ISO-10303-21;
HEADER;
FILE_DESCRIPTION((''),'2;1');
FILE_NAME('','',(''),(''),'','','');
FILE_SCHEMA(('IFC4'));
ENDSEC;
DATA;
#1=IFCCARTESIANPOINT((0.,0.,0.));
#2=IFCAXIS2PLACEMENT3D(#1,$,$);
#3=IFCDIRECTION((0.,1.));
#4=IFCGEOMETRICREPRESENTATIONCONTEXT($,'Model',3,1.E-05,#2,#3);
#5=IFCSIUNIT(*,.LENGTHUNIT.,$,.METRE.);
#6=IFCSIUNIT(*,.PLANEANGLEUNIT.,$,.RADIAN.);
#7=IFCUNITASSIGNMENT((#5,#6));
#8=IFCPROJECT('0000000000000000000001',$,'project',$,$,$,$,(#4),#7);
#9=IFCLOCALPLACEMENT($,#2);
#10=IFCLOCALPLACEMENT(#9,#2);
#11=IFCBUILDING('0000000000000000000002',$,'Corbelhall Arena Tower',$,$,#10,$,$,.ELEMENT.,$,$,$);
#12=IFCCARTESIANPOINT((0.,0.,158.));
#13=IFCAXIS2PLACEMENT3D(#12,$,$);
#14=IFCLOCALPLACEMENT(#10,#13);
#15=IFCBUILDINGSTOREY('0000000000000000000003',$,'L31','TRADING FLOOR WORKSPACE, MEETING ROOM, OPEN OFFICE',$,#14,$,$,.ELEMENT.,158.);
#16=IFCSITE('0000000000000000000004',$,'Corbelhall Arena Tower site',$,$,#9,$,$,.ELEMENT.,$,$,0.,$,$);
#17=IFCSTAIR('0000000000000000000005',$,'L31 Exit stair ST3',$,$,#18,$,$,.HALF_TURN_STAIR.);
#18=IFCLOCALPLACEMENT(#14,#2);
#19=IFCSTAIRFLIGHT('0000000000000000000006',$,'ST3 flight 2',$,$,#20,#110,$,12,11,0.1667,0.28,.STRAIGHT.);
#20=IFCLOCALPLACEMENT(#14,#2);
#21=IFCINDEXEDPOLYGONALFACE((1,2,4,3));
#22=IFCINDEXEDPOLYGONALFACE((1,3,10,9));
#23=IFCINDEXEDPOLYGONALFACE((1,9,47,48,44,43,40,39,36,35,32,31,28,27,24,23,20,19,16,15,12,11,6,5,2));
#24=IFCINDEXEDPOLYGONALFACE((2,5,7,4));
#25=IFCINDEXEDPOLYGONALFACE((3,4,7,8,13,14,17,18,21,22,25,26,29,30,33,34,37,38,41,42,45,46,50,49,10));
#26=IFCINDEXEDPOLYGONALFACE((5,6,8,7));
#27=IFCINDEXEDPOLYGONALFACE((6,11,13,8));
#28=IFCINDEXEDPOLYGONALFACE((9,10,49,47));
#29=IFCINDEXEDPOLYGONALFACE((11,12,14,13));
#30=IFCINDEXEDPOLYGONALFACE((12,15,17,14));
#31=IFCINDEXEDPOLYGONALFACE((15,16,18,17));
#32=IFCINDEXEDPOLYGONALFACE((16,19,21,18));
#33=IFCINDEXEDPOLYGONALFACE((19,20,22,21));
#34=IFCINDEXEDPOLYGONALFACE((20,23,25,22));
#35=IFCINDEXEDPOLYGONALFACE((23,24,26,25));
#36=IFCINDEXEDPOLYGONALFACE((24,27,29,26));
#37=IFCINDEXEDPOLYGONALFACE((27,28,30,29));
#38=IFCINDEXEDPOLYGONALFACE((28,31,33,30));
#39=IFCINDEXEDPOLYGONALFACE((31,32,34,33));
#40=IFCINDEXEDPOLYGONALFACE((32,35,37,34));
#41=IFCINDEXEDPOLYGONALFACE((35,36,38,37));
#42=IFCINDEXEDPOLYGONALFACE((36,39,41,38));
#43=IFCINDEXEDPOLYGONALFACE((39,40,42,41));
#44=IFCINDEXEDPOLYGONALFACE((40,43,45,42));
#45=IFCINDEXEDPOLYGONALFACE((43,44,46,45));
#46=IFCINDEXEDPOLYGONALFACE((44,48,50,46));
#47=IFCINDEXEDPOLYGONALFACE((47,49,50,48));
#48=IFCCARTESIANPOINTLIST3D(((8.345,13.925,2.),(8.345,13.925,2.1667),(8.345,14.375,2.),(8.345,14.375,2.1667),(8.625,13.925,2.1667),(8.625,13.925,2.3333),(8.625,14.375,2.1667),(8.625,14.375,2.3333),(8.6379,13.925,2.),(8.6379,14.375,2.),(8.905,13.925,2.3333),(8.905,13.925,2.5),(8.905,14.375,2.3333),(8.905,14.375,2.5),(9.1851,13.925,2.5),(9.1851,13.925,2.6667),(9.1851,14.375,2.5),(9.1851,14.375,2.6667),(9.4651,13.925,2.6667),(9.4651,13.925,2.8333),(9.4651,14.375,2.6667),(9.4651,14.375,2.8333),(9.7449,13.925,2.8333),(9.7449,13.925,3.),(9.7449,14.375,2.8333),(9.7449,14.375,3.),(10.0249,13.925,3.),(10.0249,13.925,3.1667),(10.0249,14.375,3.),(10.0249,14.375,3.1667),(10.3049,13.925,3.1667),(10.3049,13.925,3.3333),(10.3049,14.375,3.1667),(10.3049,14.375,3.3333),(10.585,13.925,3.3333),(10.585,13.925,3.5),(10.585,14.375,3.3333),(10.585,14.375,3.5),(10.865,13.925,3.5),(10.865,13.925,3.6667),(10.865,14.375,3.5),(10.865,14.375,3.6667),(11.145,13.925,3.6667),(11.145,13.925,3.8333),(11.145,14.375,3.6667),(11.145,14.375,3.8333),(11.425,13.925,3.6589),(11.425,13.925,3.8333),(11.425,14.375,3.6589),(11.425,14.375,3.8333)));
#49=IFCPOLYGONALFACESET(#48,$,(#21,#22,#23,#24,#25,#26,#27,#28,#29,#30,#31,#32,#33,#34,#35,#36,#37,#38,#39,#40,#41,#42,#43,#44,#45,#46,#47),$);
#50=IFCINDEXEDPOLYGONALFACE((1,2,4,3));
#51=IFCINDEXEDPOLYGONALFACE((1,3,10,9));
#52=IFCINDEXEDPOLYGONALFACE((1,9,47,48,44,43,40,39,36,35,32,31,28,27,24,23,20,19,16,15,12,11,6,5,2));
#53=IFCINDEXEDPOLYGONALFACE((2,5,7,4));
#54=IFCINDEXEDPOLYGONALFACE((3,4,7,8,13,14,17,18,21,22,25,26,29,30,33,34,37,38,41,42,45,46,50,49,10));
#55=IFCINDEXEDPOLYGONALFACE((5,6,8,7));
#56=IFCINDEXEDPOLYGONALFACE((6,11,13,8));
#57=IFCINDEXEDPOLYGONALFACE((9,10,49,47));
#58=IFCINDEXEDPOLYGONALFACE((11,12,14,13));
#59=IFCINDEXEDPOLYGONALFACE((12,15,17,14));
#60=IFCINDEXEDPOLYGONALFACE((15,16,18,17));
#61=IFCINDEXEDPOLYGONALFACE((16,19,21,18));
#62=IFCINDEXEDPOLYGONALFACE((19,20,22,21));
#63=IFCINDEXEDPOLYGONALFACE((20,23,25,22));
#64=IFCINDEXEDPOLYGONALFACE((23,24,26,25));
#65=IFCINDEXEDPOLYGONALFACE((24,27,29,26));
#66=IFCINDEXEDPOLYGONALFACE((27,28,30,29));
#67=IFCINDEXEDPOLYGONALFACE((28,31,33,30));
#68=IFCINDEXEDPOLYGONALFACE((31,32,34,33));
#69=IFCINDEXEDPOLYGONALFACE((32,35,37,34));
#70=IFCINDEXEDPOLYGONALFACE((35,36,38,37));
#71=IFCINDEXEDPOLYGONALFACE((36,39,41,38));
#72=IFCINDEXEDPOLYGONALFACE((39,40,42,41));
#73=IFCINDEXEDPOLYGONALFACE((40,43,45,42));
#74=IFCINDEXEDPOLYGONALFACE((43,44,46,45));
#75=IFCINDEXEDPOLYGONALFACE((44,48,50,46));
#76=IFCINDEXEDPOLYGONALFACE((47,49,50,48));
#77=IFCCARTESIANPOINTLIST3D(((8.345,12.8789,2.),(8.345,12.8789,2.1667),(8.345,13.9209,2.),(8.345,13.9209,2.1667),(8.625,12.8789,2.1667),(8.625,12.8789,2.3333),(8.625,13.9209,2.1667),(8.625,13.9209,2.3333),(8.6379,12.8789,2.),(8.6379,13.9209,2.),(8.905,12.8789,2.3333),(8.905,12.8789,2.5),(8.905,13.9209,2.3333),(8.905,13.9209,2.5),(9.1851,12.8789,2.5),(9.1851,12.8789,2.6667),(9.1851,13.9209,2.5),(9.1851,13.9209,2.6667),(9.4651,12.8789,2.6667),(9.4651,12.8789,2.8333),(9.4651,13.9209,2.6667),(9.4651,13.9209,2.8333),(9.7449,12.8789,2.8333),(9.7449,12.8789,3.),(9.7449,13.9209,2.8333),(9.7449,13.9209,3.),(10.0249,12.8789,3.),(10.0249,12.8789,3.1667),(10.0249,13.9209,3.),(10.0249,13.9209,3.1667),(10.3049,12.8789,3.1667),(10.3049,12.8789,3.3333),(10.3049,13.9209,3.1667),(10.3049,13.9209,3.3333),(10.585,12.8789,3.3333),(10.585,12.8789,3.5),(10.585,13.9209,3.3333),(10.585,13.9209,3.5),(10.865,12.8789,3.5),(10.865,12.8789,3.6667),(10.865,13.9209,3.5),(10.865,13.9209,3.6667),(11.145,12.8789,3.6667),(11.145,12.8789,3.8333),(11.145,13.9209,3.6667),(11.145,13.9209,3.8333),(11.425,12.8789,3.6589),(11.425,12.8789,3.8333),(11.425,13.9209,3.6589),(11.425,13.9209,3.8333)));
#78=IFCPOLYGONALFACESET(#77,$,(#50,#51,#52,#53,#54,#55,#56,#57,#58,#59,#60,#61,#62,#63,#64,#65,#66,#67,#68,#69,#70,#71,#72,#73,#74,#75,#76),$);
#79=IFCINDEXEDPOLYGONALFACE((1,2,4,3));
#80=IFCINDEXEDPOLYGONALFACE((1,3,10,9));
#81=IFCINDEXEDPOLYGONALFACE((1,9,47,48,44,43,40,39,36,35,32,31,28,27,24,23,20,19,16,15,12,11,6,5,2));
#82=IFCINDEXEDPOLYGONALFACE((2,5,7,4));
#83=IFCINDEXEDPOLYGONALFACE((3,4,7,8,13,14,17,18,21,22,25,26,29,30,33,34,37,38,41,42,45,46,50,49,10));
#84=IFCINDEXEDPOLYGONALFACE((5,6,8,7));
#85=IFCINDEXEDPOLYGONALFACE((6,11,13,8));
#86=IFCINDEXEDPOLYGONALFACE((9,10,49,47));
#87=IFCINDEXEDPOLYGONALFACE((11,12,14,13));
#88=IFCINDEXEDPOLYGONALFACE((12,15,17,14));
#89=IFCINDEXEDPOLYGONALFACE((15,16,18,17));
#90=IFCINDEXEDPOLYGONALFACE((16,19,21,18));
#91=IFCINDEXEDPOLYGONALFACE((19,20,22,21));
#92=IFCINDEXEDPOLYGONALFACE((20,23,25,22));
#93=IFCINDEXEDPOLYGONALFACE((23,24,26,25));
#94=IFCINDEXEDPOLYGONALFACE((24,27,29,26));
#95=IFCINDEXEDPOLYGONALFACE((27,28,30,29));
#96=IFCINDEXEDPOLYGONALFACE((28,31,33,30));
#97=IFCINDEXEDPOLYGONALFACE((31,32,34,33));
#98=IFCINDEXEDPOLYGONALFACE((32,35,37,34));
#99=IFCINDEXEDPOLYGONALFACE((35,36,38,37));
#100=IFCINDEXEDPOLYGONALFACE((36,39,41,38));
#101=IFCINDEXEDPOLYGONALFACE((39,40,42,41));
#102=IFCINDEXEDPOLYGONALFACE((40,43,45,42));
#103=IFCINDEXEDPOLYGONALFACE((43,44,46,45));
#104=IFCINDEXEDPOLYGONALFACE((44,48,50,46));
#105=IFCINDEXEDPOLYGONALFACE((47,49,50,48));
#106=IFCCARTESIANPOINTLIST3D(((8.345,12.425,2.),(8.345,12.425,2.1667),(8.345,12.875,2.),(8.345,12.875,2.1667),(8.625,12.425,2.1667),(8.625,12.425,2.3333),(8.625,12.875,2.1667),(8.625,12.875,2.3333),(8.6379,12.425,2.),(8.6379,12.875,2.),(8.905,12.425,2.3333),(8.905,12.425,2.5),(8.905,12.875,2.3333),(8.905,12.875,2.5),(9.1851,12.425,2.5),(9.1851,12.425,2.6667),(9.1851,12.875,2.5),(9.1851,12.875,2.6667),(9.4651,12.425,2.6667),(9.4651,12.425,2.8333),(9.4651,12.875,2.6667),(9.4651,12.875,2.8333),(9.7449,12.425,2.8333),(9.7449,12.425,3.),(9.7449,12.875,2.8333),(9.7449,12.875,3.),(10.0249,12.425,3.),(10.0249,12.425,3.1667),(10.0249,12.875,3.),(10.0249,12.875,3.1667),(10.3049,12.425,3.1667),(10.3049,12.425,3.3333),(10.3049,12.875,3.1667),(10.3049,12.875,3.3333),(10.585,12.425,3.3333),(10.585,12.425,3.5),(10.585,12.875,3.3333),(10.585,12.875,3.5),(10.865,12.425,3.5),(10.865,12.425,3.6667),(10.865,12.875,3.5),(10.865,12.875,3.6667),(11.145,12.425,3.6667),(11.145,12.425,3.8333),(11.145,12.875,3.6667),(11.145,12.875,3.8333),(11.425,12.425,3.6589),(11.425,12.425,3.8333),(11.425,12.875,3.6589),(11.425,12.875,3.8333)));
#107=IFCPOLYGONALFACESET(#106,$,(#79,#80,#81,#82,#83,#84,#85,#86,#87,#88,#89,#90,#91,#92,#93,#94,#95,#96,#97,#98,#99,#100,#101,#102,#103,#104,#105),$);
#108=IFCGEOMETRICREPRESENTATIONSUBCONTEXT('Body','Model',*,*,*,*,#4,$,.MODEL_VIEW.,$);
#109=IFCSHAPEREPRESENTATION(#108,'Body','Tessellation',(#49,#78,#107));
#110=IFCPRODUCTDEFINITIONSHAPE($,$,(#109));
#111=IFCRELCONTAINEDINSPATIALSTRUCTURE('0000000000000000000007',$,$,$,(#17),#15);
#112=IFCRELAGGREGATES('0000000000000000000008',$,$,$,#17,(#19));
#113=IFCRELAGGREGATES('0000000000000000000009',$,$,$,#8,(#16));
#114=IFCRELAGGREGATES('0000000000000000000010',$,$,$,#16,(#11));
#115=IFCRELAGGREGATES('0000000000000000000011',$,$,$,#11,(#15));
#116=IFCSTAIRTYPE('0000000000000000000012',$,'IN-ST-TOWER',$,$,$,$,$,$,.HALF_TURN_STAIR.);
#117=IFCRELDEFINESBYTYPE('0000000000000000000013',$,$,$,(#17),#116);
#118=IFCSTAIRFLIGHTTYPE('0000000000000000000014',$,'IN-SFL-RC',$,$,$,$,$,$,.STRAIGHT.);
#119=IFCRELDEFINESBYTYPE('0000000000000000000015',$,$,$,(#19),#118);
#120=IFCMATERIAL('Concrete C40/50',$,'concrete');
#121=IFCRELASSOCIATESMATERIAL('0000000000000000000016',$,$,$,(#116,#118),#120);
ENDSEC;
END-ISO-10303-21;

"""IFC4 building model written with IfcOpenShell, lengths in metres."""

from ifc_helpers import new_model, si_unit, direction, frame, origin, place, context, subcontext, project, spatial, polyline, outline, extrude, material, type_object, element, aggregate, save


model = new_model("IFC4")

# Units and contexts
model_context = context("Model", 3, precision=1e-05, world=origin(), true_north=direction((0.0, 1.0)))
body_context = subcontext(model_context, "Body", "Model", "MODEL_VIEW")
ifc_project = project(units=[si_unit("LENGTHUNIT", "METRE"), si_unit("PLANEANGLEUNIT", "RADIAN")], contexts=[model_context])

# Site, building, storey
site_placement = place(None, origin())
site = spatial("IfcSite", under=ifc_project, at=site_placement, Name="Corbelhall Arena Tower site", CompositionType="ELEMENT", RefElevation=0.0)
building_placement = place(site_placement, origin())
building = spatial("IfcBuilding", under=site, at=building_placement, Name="Corbelhall Arena Tower", CompositionType="ELEMENT")
storey_placement = place(building_placement, frame((0.0, 0.0, 158.0)))
storey = spatial("IfcBuildingStorey", under=building, at=storey_placement, Name="L31", Description="TRADING FLOOR WORKSPACE, MEETING ROOM, OPEN OFFICE", CompositionType="ELEMENT", Elevation=158.0)

# Shared definitions
ifc_material_1 = material(Name="Concrete C40/50", Category="concrete")

# Stair, stair flight
stair_type = type_object("IfcStairType", Name="IN-ST-TOWER", PredefinedType="HALF_TURN_STAIR", material=ifc_material_1)
stair_placement = place(storey_placement, origin())
stair = element("IfcStair", 1, at=stair_placement, inside=storey, type_object=stair_type, Name="L31 Exit stair ST3", PredefinedType="HALF_TURN_STAIR")
stair_flight_type = type_object("IfcStairFlightType", Name="IN-SFL-RC", PredefinedType="STRAIGHT", material=ifc_material_1)
stair_flight_1_placement = place(storey_placement, frame((8.345, 13.3999, 2.0), z_axis=(0.0, 0.0, 1.0), x_axis=(1.0, 0.0, 0.0)))
stair_flight_1 = element("IfcStairFlight", 2, at=stair_flight_1_placement, type_object=stair_flight_type, Name="ST3 flight 2", NumberOfRisers=12, NumberOfTreads=11, PredefinedType="STRAIGHT", RiserHeight=0.1667, TreadLength=0.28, context=body_context, shape_type="SweptSolid", body=[
    extrude(outline(polyline([(0.0, 0.0), (0.0, 0.1667), (0.28, 0.1667), (0.28, 0.3333), (0.5601, 0.3333), (0.5601, 0.5), (0.8401, 0.5), (0.8401, 0.6667), (1.1201, 0.6667), (1.1201, 0.8333), (1.3999, 0.8333), (1.3999, 1.0), (1.6799, 1.0), (1.6799, 1.1667), (1.96, 1.1667), (1.96, 1.3333), (2.24, 1.3333), (2.24, 1.5), (2.52, 1.5), (2.52, 1.6667), (2.8, 1.6667), (2.8, 1.8333), (3.0801, 1.8333), (3.0801, 2.0), (3.0801, 1.6589), (0.293, 0.0), (0.0, 0.0)])), frame((0.0, 0.9751, 0.0), z_axis=(0.0, -1.0, 0.0), x_axis=(1.0, 0.0, 0.0)), (0.0, 0.0, 1.0), 0.45),
    extrude(outline(polyline([(0.0, 0.0), (0.0, 0.1667), (0.28, 0.1667), (0.28, 0.3333), (0.5601, 0.3333), (0.5601, 0.5), (0.8401, 0.5), (0.8401, 0.6667), (1.1201, 0.6667), (1.1201, 0.8333), (1.3999, 0.8333), (1.3999, 1.0), (1.6799, 1.0), (1.6799, 1.1667), (1.96, 1.1667), (1.96, 1.3333), (2.24, 1.3333), (2.24, 1.5), (2.52, 1.5), (2.52, 1.6667), (2.8, 1.6667), (2.8, 1.8333), (3.0801, 1.8333), (3.0801, 2.0), (3.0801, 1.6589), (0.293, 0.0), (0.0, 0.0)])), frame((0.0, 0.521, 0.0), z_axis=(0.0, -1.0, 0.0), x_axis=(1.0, 0.0, 0.0)), (0.0, 0.0, 1.0), 1.042),
    extrude(outline(polyline([(0.0, 0.0), (0.0, 0.1667), (0.28, 0.1667), (0.28, 0.3333), (0.5601, 0.3333), (0.5601, 0.5), (0.8401, 0.5), (0.8401, 0.6667), (1.1201, 0.6667), (1.1201, 0.8333), (1.3999, 0.8333), (1.3999, 1.0), (1.6799, 1.0), (1.6799, 1.1667), (1.96, 1.1667), (1.96, 1.3333), (2.24, 1.3333), (2.24, 1.5), (2.52, 1.5), (2.52, 1.6667), (2.8, 1.6667), (2.8, 1.8333), (3.0801, 1.8333), (3.0801, 2.0), (3.0801, 1.6589), (0.293, 0.0), (0.0, 0.0)])), frame((0.0, -0.5249, 0.0), z_axis=(0.0, -1.0, 0.0), x_axis=(1.0, 0.0, 0.0)), (0.0, 0.0, 1.0), 0.45),
])
aggregate(stair, [stair_flight_1])

save(model, "model.ifc")
